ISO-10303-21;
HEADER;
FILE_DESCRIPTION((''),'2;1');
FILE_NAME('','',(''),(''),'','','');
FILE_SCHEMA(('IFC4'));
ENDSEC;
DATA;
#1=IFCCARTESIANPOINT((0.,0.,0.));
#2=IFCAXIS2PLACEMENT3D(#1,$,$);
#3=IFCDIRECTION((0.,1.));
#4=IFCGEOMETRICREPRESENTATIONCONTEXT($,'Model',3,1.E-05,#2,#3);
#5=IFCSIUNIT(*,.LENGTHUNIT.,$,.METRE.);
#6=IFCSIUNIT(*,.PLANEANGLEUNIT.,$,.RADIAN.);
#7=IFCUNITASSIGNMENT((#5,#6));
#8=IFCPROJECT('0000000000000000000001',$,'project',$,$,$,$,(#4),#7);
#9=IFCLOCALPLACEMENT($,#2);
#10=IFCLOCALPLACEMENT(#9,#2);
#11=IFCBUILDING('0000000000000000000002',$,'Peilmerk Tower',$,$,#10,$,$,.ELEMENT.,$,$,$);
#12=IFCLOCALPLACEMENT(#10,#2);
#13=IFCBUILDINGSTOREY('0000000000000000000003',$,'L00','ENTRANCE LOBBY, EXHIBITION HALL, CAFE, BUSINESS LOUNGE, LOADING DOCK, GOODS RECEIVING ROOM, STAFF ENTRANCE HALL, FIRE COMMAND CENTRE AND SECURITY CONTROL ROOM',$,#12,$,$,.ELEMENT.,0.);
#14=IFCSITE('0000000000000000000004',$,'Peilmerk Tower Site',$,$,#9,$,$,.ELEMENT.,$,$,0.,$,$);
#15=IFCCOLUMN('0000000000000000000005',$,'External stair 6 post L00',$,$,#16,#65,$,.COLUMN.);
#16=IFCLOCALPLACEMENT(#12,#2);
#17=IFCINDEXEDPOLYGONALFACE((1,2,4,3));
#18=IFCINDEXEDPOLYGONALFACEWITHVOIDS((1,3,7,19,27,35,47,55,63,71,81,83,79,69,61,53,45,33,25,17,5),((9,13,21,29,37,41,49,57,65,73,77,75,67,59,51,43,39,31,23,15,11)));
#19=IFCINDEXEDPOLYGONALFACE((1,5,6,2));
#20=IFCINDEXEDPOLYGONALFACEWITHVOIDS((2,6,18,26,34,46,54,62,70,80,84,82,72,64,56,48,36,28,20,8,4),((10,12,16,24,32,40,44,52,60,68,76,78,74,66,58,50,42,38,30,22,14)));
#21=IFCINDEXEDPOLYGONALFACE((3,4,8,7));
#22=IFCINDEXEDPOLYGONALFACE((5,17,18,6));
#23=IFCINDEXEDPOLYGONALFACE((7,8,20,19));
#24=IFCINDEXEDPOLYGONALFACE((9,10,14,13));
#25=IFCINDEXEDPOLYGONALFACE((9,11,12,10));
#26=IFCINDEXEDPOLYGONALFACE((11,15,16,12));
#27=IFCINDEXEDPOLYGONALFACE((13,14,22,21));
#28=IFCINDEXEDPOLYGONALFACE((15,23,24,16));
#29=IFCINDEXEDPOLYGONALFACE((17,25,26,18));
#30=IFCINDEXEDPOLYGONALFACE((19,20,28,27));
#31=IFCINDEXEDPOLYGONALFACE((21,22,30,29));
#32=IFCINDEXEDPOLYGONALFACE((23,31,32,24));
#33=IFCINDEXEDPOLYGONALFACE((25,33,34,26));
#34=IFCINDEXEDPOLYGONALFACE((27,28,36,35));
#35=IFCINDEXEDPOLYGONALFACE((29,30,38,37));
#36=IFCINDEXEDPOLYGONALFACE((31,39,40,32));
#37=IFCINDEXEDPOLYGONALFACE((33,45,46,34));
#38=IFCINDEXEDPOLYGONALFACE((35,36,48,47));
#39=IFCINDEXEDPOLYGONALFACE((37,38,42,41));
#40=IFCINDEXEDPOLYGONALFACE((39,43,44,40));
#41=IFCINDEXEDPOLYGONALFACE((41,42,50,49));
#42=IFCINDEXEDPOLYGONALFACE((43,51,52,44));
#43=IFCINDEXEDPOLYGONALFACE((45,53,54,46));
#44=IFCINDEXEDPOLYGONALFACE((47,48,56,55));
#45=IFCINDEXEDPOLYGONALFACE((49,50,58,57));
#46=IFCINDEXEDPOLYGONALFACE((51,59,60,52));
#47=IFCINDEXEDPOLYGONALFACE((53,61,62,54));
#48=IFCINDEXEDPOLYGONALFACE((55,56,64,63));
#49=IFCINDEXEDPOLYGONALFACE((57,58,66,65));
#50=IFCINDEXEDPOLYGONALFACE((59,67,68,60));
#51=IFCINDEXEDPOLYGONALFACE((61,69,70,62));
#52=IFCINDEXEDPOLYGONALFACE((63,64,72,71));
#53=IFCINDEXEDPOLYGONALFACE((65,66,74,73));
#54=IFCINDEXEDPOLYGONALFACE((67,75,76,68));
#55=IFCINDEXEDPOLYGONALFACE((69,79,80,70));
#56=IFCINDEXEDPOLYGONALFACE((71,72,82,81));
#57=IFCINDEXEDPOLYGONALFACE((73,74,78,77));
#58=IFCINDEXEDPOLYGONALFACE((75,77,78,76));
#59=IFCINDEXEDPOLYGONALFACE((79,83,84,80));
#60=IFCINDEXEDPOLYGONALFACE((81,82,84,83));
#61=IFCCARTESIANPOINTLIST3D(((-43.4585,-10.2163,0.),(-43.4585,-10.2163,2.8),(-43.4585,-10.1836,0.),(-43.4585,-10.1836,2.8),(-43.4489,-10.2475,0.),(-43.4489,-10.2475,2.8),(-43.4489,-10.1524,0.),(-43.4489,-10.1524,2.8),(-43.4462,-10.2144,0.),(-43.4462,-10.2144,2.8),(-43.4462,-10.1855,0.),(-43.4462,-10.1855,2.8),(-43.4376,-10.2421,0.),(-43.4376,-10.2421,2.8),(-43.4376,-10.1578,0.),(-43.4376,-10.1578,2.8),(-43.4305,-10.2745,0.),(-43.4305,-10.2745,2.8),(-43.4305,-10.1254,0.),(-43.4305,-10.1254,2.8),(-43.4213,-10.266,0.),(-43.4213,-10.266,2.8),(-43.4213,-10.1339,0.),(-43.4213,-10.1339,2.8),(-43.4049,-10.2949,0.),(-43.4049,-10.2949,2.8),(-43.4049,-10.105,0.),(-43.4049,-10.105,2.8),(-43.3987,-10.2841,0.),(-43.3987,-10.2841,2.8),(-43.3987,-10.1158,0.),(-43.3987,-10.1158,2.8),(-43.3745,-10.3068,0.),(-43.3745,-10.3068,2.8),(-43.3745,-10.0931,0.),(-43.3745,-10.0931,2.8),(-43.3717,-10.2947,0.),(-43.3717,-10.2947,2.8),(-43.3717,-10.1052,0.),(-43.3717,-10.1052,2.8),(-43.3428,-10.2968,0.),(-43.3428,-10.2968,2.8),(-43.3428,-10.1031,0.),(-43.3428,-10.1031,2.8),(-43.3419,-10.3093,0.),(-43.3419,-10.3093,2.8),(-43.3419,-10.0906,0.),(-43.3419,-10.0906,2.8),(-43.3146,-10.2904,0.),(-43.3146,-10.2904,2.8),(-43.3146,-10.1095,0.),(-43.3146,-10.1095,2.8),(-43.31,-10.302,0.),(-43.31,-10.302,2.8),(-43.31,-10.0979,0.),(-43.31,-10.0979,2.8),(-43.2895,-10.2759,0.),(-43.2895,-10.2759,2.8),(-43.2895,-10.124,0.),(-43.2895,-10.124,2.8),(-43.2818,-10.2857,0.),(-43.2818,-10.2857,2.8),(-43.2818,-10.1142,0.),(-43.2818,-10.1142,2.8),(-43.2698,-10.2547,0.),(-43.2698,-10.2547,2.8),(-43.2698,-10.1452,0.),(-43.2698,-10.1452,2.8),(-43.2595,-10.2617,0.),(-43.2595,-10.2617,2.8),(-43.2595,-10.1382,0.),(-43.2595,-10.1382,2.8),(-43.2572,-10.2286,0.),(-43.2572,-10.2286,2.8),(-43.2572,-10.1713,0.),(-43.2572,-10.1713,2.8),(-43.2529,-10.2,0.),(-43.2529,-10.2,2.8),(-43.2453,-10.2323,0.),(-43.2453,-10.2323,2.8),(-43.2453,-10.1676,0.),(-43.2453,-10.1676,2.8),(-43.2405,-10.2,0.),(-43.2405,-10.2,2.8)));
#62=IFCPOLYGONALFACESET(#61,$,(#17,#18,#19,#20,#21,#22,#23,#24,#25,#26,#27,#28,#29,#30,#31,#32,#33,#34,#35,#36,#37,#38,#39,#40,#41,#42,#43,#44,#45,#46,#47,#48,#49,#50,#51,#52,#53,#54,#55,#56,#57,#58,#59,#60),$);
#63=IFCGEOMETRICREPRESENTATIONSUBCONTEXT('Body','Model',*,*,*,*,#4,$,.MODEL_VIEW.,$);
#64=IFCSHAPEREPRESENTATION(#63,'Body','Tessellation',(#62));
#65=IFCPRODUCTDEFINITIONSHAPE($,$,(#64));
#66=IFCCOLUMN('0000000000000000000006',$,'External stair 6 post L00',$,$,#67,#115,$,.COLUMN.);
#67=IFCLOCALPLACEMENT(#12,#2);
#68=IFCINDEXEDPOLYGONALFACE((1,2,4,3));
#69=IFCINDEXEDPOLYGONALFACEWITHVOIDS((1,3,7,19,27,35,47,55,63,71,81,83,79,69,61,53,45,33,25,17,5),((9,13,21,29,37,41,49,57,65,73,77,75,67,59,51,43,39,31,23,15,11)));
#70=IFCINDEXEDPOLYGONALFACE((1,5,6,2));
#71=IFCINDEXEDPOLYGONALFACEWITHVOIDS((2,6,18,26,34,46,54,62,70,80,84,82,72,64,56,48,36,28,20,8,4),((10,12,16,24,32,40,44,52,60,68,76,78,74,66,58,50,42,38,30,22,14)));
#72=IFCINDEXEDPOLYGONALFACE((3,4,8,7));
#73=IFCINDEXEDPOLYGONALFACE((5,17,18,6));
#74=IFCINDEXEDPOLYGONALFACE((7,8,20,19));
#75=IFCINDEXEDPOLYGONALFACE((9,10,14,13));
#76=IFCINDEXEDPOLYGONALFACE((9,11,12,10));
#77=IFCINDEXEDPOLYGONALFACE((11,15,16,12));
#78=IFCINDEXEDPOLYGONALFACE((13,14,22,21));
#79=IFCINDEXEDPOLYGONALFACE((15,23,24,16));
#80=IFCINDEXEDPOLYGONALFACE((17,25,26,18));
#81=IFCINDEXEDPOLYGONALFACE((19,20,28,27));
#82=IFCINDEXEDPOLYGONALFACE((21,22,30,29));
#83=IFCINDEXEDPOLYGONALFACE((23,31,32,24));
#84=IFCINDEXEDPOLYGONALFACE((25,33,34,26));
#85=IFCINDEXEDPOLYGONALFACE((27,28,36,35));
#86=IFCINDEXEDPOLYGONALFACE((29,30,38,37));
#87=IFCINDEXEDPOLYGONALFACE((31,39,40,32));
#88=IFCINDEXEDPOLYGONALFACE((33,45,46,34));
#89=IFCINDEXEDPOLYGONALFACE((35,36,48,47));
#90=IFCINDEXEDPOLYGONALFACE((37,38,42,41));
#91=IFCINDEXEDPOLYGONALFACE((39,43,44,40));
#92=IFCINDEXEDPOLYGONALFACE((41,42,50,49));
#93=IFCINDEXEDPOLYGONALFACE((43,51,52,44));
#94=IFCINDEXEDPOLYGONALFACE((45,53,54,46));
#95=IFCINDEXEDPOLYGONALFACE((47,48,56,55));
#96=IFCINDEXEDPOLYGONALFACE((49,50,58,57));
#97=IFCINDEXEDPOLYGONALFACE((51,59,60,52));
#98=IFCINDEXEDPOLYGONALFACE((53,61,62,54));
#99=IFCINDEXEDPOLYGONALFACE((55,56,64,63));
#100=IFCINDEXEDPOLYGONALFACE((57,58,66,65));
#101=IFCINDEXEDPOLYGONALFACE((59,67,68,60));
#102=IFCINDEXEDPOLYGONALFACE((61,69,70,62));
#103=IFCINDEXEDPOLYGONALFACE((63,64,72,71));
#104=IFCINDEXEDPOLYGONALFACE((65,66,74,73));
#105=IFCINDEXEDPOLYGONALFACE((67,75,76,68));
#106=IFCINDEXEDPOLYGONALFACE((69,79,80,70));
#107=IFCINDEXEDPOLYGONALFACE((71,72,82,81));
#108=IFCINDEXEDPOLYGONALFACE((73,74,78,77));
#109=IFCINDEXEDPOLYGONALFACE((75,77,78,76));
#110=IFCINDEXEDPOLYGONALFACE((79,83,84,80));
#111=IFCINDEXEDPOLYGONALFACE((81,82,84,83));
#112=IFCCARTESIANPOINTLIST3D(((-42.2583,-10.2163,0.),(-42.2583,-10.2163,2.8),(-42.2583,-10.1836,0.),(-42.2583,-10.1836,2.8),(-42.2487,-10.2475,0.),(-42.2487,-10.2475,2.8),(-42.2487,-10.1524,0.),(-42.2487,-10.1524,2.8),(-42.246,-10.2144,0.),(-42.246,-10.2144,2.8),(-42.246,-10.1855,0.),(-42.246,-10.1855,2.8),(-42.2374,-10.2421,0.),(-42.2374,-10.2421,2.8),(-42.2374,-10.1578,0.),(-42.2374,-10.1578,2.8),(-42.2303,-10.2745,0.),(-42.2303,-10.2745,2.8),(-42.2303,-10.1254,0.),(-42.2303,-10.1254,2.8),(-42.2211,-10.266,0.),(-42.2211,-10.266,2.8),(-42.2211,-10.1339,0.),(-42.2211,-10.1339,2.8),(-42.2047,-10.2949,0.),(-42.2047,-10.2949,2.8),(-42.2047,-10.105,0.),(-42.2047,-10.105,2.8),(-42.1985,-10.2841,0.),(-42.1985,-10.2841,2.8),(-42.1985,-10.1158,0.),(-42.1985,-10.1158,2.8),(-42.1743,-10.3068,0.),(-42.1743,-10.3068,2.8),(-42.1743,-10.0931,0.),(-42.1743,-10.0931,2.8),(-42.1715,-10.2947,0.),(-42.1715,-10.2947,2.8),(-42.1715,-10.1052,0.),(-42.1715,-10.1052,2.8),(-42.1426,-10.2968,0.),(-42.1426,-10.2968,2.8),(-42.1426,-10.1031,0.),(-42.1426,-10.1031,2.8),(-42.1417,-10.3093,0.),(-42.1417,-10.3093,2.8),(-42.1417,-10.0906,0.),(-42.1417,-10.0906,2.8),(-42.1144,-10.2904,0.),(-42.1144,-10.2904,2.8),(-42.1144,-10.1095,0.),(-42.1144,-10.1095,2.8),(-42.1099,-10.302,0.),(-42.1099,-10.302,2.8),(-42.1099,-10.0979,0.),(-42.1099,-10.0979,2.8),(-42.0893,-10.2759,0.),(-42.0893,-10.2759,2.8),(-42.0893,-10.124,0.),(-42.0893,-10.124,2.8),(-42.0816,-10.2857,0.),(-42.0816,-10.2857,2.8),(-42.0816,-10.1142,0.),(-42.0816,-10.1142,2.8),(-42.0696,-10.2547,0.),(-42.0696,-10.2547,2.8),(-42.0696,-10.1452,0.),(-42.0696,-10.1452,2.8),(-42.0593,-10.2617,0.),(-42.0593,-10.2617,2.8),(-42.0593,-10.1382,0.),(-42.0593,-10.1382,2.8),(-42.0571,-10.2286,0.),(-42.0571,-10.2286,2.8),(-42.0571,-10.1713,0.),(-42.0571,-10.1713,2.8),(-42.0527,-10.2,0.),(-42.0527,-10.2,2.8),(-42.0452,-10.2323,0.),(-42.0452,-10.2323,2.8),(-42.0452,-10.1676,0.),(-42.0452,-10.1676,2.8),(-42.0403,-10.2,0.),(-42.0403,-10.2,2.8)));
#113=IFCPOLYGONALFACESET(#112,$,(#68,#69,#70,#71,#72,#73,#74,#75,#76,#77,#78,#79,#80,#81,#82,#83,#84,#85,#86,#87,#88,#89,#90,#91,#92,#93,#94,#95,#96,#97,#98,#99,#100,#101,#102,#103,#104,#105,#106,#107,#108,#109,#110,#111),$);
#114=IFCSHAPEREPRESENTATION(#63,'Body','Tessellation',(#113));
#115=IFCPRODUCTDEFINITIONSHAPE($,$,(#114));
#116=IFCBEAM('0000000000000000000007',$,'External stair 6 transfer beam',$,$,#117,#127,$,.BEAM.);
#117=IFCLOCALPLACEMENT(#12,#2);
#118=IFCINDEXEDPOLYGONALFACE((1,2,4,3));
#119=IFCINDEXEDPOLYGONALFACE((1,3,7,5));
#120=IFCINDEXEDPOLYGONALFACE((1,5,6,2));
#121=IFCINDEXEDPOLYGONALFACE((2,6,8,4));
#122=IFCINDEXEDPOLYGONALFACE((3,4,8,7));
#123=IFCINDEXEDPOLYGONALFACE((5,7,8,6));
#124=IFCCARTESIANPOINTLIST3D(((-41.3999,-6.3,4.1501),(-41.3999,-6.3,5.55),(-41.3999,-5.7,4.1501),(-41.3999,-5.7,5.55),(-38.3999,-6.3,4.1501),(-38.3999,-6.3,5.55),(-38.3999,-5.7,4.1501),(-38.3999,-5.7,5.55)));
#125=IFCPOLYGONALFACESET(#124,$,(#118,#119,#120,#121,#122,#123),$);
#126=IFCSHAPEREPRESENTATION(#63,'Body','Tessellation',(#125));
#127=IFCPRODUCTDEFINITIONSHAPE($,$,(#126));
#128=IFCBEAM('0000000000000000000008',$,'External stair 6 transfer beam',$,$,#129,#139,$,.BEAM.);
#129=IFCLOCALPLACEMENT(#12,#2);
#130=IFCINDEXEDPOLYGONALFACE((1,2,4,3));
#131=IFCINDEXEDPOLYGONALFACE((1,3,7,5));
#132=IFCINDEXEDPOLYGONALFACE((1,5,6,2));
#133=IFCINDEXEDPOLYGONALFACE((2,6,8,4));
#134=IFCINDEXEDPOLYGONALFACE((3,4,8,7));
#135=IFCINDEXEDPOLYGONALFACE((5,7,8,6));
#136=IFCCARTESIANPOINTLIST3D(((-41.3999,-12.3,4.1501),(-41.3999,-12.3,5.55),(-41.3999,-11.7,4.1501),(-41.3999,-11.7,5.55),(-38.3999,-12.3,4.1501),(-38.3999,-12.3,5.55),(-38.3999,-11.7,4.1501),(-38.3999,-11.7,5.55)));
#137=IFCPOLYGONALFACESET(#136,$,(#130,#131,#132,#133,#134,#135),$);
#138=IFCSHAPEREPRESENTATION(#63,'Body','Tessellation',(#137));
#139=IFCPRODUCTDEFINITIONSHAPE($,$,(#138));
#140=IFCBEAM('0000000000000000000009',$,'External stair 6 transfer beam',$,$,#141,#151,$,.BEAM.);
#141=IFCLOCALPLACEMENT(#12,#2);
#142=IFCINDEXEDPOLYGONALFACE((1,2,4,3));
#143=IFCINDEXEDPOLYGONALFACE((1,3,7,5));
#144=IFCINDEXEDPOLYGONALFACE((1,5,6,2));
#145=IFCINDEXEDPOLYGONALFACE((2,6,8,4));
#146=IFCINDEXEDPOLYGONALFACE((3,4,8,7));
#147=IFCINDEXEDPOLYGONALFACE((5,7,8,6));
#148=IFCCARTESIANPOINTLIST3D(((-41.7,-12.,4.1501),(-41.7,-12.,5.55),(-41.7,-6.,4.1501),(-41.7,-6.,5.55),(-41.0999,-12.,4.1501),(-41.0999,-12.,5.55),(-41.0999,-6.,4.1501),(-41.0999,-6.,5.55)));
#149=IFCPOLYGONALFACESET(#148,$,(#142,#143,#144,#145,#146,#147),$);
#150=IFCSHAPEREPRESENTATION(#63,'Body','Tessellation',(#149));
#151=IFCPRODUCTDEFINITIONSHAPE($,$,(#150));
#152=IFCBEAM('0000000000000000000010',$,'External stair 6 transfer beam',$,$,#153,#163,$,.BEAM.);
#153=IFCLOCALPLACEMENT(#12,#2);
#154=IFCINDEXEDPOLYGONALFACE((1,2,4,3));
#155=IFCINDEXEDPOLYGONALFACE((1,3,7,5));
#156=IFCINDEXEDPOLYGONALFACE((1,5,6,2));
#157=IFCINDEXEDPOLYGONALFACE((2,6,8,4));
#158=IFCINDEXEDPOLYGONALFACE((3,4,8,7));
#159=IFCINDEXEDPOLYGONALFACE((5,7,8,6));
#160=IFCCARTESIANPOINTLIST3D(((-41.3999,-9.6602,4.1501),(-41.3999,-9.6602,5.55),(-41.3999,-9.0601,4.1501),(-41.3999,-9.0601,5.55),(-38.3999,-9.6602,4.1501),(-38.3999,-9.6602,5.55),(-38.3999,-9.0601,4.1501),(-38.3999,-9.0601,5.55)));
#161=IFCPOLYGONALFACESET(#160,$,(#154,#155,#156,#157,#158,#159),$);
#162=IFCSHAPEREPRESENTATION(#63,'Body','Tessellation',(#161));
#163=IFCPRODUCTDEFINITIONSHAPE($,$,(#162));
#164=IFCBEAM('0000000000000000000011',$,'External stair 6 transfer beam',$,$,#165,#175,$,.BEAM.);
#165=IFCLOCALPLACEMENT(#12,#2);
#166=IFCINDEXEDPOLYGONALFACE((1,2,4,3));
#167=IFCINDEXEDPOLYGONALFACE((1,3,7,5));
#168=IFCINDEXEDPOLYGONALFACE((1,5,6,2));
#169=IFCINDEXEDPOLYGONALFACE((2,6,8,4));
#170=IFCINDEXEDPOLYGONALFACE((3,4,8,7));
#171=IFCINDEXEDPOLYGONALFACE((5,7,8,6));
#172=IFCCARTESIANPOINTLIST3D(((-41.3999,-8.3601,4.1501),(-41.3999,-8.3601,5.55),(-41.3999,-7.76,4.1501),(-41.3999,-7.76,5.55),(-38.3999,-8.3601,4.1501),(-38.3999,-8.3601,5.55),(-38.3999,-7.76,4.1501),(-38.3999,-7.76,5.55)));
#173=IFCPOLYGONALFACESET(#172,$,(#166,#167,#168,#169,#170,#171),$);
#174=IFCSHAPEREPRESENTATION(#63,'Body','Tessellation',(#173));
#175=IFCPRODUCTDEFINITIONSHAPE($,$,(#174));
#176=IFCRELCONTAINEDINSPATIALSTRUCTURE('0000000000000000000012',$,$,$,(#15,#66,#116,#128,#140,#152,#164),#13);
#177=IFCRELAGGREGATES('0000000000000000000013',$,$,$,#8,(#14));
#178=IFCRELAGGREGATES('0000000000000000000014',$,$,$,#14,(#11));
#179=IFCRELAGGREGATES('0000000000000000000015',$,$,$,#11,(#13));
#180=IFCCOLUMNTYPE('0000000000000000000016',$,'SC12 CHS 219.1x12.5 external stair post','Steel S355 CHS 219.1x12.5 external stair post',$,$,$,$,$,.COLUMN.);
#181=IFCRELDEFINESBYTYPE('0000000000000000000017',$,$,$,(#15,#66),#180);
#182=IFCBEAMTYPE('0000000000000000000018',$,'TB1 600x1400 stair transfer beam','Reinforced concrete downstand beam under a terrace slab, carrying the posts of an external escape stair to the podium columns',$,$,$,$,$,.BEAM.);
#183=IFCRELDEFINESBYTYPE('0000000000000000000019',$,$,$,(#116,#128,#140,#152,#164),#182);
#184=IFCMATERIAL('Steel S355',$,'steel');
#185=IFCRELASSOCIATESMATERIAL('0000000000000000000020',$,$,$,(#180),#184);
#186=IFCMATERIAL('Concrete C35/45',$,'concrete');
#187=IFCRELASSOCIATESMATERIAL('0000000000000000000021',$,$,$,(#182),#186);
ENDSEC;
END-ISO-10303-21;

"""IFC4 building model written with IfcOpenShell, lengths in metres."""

from ifc_helpers import new_model, si_unit, direction, frame, origin, origin_2d, place, context, subcontext, project, spatial, rectangle, hollow_circle, extrude, material, material_profile, profile_set, type_object, element, save


model = new_model("IFC4")

# Units and contexts
model_context = context("Model", 3, precision=1e-05, world=origin(), true_north=direction((0.0, 1.0)))
body_context = subcontext(model_context, "Body", "Model", "MODEL_VIEW")
ifc_project = project(units=[si_unit("LENGTHUNIT", "METRE"), si_unit("PLANEANGLEUNIT", "RADIAN")], contexts=[model_context])

# Site, building, storey
site_placement = place(None, origin())
site = spatial("IfcSite", under=ifc_project, at=site_placement, Name="Peilmerk Tower Site", CompositionType="ELEMENT", RefElevation=0.0)
building_placement = place(site_placement, origin())
building = spatial("IfcBuilding", under=site, at=building_placement, Name="Peilmerk Tower", CompositionType="ELEMENT")
storey_placement = place(building_placement, origin())
storey = spatial("IfcBuildingStorey", under=building, at=storey_placement, Name="L00", Description="ENTRANCE LOBBY, EXHIBITION HALL, CAFE, BUSINESS LOUNGE, LOADING DOCK, GOODS RECEIVING ROOM, STAFF ENTRANCE HALL, FIRE COMMAND CENTRE AND SECURITY CONTROL ROOM", CompositionType="ELEMENT", Elevation=0.0)

# Columns
ifc_material_1 = material(Name="Steel S355", Category="steel")
ifc_material_profile_1 = material_profile(ifc_material_1, hollow_circle(Radius=0.1096, WallThickness=0.0125, at=origin_2d()), Name="CHS 219.1x12.5")
ifc_profile_set_1 = profile_set([ifc_material_profile_1], Name="Steel S355")
column_type_1 = type_object("IfcColumnType", Name="SC12 CHS 219.1x12.5 external stair post", Description="Steel S355 CHS 219.1x12.5 external stair post", PredefinedType="COLUMN", material=ifc_profile_set_1)
for number, where, z_axis, x_axis, name in (
    (1, (-43.3501, -10.2, 0.0), (0.0, 0.0, 1.0), (1.0, 0.0, 0.0), "External stair 6 post L00"),
    (2, (-42.1499, -10.2, 0.0), (0.0, 0.0, 1.0), (1.0, 0.0, 0.0), "External stair 6 post L00"),
):
    element("IfcColumn", number, at=place(storey_placement, frame(where, z_axis=z_axis, x_axis=x_axis)), inside=storey, type_object=column_type_1, Name=name, PredefinedType="COLUMN", context=body_context, shape_type="SweptSolid", body=[
        extrude(hollow_circle(Radius=0.1096, WallThickness=0.0125, at=origin_2d()), origin(), (0.0, 0.0, 1.0), 2.8),
    ])

# Beams
ifc_material_2 = material(Name="Concrete C35/45", Category="concrete")
ifc_material_profile_2 = material_profile(ifc_material_2, rectangle(XDim=0.6001, YDim=1.3999, at=origin_2d()), Name="RC 600x1400")
ifc_profile_set_2 = profile_set([ifc_material_profile_2], Name="Concrete C35/45")
beam_type = type_object("IfcBeamType", Name="TB1 600x1400 stair transfer beam", Description="Reinforced concrete downstand beam under a terrace slab, carrying the posts of an external escape stair to the podium columns", PredefinedType="BEAM", material=ifc_profile_set_2)
for number, where, z_axis, x_axis, name in (
    (3, (-38.3999, -6.0, 4.8501), (-1.0, 0.0, 0.0), (0.0, -1.0, 0.0), "External stair 6 transfer beam"),
    (4, (-38.3999, -12.0, 4.8501), (-1.0, 0.0, 0.0), (0.0, -1.0, 0.0), "External stair 6 transfer beam"),
):
    element("IfcBeam", number, at=place(storey_placement, frame(where, z_axis=z_axis, x_axis=x_axis)), inside=storey, type_object=beam_type, Name=name, PredefinedType="BEAM", context=body_context, shape_type="SweptSolid", body=[
        extrude(rectangle(XDim=0.6001, YDim=1.3999, at=origin_2d()), origin(), (0.0, 0.0, 1.0), 3.0),
    ])
beam_placement = place(storey_placement, frame((-41.3999, -6.0, 4.8501), z_axis=(0.0, -1.0, 0.0), x_axis=(1.0, 0.0, 0.0)))
element("IfcBeam", 5, at=beam_placement, inside=storey, type_object=beam_type, Name="External stair 6 transfer beam", PredefinedType="BEAM", context=body_context, shape_type="SweptSolid", body=[
    extrude(rectangle(XDim=0.6001, YDim=1.3999, at=origin_2d()), origin(), (0.0, 0.0, 1.0), 6.0),
])
for number, where, z_axis, x_axis, name in (
    (6, (-38.3999, -9.3601, 4.8501), (-1.0, 0.0, 0.0), (0.0, -1.0, 0.0), "External stair 6 transfer beam"),
    (7, (-38.3999, -8.0601, 4.8501), (-1.0, 0.0, 0.0), (0.0, -1.0, 0.0), "External stair 6 transfer beam"),
):
    element("IfcBeam", number, at=place(storey_placement, frame(where, z_axis=z_axis, x_axis=x_axis)), inside=storey, type_object=beam_type, Name=name, PredefinedType="BEAM", context=body_context, shape_type="SweptSolid", body=[
        extrude(rectangle(XDim=0.6001, YDim=1.3999, at=origin_2d()), origin(), (0.0, 0.0, 1.0), 3.0),
    ])

save(model, "model.ifc")
